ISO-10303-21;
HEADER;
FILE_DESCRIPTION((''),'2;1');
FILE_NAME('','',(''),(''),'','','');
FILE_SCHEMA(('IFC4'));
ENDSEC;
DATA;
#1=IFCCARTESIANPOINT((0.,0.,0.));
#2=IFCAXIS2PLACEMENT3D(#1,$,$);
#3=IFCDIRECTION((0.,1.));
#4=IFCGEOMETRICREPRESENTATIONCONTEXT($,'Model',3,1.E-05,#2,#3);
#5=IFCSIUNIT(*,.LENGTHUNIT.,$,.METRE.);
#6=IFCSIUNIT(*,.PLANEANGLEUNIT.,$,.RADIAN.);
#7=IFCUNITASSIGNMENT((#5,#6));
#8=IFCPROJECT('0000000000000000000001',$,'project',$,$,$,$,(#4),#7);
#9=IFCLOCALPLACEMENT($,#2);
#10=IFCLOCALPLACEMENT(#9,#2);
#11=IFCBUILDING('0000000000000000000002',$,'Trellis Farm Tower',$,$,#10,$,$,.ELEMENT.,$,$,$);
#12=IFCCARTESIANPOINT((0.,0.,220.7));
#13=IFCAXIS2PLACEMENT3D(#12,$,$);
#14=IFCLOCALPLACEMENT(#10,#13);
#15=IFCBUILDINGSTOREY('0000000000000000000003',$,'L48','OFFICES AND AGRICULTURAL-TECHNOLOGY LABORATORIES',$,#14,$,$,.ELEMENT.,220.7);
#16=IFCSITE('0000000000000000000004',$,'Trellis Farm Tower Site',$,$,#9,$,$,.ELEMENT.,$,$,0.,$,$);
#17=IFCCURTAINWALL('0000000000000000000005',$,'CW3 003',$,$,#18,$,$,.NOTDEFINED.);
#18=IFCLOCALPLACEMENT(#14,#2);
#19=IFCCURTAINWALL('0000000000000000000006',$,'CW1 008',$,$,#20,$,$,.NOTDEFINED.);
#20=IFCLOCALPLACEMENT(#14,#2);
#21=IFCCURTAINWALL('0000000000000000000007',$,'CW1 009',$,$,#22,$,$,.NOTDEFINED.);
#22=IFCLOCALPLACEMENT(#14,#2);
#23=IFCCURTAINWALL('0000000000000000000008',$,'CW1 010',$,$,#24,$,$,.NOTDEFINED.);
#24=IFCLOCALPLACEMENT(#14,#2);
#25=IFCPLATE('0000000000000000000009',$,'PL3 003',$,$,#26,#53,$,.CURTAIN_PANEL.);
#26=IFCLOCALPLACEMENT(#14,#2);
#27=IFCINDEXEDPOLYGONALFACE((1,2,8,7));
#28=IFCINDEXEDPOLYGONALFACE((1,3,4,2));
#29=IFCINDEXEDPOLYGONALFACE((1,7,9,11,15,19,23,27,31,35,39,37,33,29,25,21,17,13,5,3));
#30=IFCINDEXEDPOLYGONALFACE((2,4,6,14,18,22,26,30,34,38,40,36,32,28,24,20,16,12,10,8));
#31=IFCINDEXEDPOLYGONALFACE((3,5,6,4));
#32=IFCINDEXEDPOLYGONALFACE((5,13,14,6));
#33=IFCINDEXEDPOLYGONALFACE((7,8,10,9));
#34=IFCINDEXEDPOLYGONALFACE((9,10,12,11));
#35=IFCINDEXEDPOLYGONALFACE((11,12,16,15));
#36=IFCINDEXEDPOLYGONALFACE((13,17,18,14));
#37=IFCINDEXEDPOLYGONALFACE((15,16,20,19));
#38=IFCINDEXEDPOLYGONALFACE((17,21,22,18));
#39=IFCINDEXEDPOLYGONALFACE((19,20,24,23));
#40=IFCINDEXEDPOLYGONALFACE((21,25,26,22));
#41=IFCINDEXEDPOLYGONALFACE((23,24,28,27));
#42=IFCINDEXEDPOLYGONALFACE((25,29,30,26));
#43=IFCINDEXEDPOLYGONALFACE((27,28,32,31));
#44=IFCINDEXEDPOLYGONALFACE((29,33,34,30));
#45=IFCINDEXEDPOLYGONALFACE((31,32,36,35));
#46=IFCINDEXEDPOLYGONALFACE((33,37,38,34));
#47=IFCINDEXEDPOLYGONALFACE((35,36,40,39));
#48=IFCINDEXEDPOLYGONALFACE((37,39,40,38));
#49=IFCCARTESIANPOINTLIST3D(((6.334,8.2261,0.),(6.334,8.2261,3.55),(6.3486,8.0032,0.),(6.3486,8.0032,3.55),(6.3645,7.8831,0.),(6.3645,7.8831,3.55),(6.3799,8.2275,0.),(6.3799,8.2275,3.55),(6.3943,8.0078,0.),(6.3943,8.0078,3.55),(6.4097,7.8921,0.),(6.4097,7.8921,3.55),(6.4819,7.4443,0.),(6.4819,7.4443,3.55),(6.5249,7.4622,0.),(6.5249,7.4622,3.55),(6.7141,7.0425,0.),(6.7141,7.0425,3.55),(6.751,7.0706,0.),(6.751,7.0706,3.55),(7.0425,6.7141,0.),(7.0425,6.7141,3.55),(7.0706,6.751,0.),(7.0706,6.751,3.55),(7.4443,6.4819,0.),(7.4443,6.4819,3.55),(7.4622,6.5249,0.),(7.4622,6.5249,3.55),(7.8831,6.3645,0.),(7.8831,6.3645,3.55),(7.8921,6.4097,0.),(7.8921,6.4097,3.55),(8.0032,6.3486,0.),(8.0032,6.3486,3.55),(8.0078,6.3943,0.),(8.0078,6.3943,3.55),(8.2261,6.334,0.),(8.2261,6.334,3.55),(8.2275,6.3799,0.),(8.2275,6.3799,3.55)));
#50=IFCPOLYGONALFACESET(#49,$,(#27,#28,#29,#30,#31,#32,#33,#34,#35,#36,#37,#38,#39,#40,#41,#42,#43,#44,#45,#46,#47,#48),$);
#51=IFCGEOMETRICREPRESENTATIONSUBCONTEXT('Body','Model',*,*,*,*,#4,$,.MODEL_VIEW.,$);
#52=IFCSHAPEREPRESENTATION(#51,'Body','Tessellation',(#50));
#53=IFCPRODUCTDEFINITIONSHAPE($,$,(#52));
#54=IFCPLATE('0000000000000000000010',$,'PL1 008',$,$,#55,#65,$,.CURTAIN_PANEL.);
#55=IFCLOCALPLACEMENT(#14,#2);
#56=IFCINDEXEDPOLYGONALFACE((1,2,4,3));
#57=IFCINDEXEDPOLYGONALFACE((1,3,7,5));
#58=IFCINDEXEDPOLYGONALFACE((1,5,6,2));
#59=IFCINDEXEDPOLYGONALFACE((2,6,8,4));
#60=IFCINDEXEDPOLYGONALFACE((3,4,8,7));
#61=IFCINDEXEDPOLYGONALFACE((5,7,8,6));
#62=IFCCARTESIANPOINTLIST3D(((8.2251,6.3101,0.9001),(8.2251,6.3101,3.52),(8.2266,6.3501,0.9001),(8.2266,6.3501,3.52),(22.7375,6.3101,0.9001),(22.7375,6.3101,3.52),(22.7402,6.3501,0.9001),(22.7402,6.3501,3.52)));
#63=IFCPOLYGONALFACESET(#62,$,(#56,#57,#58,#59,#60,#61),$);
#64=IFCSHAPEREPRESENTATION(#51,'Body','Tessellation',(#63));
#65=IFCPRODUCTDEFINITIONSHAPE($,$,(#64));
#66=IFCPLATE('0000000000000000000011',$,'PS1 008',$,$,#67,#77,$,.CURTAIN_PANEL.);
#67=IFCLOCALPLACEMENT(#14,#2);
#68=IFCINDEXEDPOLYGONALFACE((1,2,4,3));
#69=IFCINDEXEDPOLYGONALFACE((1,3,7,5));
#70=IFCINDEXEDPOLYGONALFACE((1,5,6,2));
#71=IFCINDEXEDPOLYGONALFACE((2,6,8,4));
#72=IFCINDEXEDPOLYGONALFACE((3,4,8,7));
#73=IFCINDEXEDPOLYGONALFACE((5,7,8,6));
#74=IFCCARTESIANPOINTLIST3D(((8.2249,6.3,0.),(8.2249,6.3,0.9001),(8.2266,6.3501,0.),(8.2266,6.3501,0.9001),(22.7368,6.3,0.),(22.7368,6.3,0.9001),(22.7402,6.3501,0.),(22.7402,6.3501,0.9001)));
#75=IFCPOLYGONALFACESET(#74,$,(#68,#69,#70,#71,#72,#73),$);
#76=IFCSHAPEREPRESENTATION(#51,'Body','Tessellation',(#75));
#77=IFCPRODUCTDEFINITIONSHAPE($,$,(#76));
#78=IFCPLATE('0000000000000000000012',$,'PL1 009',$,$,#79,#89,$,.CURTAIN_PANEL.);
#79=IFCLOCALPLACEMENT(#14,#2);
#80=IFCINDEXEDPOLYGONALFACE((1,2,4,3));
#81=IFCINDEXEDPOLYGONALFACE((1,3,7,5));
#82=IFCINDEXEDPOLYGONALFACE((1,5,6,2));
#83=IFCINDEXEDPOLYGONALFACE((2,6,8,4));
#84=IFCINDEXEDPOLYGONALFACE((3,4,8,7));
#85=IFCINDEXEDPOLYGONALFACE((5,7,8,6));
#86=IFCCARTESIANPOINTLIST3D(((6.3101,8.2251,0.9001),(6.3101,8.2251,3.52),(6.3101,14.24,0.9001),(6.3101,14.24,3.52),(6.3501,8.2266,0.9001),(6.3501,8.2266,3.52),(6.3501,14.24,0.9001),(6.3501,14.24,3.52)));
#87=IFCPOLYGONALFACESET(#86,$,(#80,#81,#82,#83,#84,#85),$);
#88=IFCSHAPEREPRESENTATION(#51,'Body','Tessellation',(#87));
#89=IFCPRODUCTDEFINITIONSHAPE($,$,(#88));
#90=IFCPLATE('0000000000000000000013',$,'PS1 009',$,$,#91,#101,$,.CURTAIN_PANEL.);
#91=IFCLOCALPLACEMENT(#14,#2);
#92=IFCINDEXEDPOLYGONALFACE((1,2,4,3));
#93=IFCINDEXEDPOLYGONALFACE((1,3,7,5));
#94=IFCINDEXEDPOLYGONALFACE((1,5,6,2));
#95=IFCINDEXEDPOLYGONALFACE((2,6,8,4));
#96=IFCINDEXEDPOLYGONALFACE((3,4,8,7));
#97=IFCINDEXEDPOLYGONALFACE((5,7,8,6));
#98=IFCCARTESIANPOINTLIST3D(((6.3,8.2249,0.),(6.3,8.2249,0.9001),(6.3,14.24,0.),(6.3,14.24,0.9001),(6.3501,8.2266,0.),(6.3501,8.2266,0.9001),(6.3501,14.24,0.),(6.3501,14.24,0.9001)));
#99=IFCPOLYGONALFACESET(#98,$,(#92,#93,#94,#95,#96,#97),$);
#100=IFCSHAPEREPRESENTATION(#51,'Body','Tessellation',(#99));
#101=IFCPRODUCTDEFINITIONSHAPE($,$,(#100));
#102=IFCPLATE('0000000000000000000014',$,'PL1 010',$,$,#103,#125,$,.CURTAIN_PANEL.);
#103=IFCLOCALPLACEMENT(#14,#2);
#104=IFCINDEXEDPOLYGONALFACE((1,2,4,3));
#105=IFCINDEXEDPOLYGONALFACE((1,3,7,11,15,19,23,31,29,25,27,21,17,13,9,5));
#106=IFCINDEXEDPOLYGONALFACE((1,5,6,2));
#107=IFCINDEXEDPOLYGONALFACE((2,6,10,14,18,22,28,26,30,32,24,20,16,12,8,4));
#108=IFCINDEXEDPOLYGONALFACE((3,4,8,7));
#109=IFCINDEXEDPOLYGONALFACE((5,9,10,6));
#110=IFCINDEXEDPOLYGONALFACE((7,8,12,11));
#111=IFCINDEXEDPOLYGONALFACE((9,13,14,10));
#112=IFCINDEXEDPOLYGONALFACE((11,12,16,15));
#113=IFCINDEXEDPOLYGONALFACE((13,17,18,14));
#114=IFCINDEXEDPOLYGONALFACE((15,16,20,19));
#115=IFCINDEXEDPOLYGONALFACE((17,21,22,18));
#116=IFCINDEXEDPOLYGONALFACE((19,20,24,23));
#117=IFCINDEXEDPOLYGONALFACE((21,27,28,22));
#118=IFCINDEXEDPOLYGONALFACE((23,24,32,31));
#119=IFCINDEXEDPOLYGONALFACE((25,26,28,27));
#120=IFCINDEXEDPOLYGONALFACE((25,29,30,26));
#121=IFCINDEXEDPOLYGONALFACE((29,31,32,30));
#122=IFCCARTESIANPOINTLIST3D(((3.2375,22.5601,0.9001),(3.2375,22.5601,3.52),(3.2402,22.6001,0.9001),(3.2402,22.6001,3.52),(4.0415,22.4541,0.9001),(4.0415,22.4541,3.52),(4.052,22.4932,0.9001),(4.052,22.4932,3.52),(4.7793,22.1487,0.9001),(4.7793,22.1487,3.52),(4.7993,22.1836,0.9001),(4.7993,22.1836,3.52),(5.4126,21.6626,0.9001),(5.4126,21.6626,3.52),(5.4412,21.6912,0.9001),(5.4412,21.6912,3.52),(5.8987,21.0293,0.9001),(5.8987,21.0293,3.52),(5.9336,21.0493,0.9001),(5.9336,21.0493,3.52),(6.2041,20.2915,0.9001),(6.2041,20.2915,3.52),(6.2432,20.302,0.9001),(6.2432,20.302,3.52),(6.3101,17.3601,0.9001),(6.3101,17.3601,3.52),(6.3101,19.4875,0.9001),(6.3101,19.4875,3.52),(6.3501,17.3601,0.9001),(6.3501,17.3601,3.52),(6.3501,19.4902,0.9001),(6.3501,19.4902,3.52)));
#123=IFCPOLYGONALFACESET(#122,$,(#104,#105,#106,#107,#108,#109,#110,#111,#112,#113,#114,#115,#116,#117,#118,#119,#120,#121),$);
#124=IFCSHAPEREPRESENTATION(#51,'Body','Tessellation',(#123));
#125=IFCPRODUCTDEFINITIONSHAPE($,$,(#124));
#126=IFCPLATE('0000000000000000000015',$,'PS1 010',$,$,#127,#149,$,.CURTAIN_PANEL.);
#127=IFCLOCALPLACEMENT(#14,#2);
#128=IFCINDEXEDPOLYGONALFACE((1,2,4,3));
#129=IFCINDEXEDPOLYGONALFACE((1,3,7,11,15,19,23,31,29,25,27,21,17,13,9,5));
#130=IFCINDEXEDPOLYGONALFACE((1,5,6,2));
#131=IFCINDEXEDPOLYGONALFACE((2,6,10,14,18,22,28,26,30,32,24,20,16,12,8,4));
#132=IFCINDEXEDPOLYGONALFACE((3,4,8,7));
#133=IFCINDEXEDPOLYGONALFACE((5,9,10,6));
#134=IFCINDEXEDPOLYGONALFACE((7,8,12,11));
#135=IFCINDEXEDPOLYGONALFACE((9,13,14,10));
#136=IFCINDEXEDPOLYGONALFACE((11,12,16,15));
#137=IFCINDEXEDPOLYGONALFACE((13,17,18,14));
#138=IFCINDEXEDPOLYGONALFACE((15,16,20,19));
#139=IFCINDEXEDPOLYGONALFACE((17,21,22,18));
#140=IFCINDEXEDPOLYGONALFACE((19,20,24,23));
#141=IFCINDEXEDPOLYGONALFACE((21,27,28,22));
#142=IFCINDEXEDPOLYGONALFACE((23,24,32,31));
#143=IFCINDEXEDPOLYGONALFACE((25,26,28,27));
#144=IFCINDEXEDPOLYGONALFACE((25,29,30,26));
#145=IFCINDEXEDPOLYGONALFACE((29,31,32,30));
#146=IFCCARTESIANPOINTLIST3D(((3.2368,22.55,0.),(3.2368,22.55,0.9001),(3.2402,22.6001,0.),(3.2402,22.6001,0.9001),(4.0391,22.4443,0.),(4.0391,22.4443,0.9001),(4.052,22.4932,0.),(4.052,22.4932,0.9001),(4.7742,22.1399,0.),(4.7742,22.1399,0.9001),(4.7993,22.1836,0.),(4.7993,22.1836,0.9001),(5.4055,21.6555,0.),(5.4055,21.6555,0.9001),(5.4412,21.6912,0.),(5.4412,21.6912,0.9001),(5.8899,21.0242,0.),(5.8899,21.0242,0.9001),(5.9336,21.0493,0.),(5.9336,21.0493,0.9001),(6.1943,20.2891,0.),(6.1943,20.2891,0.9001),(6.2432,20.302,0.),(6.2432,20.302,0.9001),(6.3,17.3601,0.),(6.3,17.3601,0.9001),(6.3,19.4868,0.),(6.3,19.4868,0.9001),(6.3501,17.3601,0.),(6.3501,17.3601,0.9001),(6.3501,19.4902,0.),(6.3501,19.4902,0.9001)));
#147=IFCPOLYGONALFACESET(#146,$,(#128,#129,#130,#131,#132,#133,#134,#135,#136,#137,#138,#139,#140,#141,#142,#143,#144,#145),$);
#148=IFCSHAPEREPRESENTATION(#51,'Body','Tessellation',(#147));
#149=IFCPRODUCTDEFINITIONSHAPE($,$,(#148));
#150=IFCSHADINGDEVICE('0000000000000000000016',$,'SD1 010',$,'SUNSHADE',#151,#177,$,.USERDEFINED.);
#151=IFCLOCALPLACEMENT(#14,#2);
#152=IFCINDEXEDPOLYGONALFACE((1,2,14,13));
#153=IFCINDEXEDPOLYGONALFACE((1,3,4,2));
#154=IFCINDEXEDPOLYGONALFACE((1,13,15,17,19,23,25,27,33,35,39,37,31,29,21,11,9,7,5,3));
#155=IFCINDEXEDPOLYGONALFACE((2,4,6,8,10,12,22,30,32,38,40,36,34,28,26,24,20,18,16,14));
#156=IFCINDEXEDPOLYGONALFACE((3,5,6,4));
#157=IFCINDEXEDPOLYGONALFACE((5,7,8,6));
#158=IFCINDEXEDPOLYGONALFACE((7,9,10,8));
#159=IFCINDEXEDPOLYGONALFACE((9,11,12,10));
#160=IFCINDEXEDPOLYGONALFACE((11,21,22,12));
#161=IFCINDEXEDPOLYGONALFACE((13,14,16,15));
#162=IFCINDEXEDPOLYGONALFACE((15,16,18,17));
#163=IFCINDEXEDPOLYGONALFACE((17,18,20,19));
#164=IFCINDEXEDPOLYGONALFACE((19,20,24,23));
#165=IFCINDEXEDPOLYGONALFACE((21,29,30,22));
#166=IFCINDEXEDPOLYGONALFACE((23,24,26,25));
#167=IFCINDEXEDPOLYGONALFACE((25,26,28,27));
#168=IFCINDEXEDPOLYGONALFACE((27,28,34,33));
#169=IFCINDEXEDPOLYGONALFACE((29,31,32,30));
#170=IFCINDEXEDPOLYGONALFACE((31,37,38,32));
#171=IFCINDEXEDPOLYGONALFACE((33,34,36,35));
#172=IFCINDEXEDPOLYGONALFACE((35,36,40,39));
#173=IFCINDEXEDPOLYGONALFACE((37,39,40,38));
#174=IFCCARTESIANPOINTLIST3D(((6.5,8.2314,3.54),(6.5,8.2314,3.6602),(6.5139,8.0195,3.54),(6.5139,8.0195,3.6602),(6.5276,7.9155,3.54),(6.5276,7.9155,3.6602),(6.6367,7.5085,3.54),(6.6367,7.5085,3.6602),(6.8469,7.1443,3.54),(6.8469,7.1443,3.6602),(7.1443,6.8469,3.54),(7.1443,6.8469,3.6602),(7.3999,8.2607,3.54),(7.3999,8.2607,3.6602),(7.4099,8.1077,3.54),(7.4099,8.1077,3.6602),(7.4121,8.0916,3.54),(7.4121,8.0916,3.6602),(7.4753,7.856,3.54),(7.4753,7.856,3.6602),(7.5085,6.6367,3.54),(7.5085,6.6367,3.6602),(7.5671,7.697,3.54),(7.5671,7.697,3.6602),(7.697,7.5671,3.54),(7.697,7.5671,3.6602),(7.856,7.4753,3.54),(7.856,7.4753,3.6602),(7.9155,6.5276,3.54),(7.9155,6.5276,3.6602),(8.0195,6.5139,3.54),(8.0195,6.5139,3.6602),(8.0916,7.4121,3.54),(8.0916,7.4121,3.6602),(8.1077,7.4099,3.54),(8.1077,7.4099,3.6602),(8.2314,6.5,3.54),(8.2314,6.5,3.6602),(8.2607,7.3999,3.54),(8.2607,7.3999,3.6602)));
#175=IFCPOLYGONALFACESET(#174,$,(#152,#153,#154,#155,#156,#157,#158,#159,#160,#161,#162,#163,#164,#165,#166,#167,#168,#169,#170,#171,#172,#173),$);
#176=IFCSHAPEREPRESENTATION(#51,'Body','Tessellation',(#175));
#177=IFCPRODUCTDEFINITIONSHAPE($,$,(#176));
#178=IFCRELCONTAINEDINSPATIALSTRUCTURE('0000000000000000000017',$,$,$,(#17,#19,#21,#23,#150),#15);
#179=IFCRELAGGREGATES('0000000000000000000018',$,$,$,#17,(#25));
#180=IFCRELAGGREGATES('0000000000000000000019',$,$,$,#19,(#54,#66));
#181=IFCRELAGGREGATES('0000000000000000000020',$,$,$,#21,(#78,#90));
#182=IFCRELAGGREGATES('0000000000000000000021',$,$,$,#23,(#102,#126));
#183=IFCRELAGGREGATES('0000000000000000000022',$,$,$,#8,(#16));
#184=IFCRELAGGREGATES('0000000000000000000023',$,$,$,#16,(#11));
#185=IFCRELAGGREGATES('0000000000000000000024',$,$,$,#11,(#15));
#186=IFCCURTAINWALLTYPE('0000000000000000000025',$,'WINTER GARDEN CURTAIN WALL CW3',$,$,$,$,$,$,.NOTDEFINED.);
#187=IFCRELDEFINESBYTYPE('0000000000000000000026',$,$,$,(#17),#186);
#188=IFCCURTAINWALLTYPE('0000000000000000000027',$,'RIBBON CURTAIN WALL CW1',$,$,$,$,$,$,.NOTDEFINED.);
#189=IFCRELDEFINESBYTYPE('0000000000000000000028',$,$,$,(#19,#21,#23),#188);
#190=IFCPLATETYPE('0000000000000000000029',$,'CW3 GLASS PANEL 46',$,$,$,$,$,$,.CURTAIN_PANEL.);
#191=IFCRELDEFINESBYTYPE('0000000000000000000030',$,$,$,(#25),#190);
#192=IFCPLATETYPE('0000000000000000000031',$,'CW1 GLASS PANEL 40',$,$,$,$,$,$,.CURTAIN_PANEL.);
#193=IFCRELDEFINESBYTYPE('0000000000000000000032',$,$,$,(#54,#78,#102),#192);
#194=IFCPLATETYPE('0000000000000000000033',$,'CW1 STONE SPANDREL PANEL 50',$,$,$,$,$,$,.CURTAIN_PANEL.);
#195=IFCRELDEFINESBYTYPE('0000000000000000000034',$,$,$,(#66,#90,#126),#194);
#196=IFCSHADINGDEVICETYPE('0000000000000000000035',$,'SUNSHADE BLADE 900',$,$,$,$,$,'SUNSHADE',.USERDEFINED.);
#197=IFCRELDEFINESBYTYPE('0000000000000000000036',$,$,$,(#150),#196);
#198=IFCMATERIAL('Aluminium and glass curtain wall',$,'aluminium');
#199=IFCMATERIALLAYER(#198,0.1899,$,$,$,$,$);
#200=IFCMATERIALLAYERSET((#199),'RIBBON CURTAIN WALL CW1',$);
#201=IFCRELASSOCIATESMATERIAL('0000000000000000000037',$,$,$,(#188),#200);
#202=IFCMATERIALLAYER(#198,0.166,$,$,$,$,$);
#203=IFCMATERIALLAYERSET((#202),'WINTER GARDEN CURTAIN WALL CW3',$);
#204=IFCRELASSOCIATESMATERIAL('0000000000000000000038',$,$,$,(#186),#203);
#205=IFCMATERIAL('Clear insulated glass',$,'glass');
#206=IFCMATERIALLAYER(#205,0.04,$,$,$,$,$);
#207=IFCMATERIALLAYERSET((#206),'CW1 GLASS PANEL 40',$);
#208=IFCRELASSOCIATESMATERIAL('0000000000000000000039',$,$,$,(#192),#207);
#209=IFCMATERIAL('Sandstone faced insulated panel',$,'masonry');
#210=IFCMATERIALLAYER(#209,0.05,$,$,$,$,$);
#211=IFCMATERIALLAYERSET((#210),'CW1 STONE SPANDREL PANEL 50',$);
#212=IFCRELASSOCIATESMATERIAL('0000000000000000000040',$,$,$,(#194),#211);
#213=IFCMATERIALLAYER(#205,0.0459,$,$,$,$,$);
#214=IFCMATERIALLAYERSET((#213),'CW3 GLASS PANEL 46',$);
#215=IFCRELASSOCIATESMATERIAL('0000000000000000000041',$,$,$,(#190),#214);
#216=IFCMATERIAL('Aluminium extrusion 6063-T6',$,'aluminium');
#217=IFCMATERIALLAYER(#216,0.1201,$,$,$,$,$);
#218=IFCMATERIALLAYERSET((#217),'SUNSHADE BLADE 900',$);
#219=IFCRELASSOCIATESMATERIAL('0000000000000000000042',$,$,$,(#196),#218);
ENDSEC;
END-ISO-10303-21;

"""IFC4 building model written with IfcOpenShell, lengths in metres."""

from ifc_helpers import new_model, si_unit, direction, frame, origin, place, context, subcontext, project, spatial, polyline, outline, extrude, source, transform, mapped, material, layer, layer_set, type_object, element, aggregate, save


model = new_model("IFC4")

# Units and contexts
model_context = context("Model", 3, precision=1e-05, world=origin(), true_north=direction((0.0, 1.0)))
body_context = subcontext(model_context, "Body", "Model", "MODEL_VIEW")
ifc_project = project(units=[si_unit("LENGTHUNIT", "METRE"), si_unit("PLANEANGLEUNIT", "RADIAN")], contexts=[model_context])

# Site, building, storey
site_placement = place(None, origin())
site = spatial("IfcSite", under=ifc_project, at=site_placement, Name="Trellis Farm Tower Site", CompositionType="ELEMENT", RefElevation=0.0)
building_placement = place(site_placement, origin())
building = spatial("IfcBuilding", under=site, at=building_placement, Name="Trellis Farm Tower", CompositionType="ELEMENT")
storey_placement = place(building_placement, frame((0.0, 0.0, 220.7)))
storey = spatial("IfcBuildingStorey", under=building, at=storey_placement, Name="L48", Description="OFFICES AND AGRICULTURAL-TECHNOLOGY LABORATORIES", CompositionType="ELEMENT", Elevation=220.7)

# Curtain walls
ifc_material_1 = material(Name="Aluminium and glass curtain wall", Category="aluminium")
ifc_layer_1 = layer(ifc_material_1, 0.1899)
ifc_layer_set_1 = layer_set([ifc_layer_1], Name="RIBBON CURTAIN WALL CW1")
curtain_wall_type_1 = type_object("IfcCurtainWallType", Name="RIBBON CURTAIN WALL CW1", PredefinedType="NOTDEFINED", material=ifc_layer_set_1)
placement_1 = place(storey_placement, origin())
ifc_material_2 = material(Name="Aluminium extrusion 6063-T6", Category="aluminium")
ifc_layer_2 = layer(ifc_material_1, 0.166)
ifc_layer_set_2 = layer_set([ifc_layer_2], Name="WINTER GARDEN CURTAIN WALL CW3")
curtain_wall_type_2 = type_object("IfcCurtainWallType", Name="WINTER GARDEN CURTAIN WALL CW3", PredefinedType="NOTDEFINED", material=ifc_layer_set_2)
curtain_wall_1 = element("IfcCurtainWall", 1, at=placement_1, inside=storey, type_object=curtain_wall_type_2, Name="CW3 003", PredefinedType="NOTDEFINED")
curtain_wall_2 = element("IfcCurtainWall", 2, at=placement_1, inside=storey, type_object=curtain_wall_type_1, Name="CW1 008", PredefinedType="NOTDEFINED")
curtain_wall_3 = element("IfcCurtainWall", 3, at=placement_1, inside=storey, type_object=curtain_wall_type_1, Name="CW1 009", PredefinedType="NOTDEFINED")
curtain_wall_4 = element("IfcCurtainWall", 4, at=placement_1, inside=storey, type_object=curtain_wall_type_1, Name="CW1 010", PredefinedType="NOTDEFINED")

# Plates
ifc_material_3 = material(Name="Clear insulated glass", Category="glass")
ifc_layer_3 = layer(ifc_material_3, 0.04)
ifc_layer_set_3 = layer_set([ifc_layer_3], Name="CW1 GLASS PANEL 40")
plate_type_1 = type_object("IfcPlateType", Name="CW1 GLASS PANEL 40", PredefinedType="CURTAIN_PANEL", material=ifc_layer_set_3)
placement_2 = place(storey_placement, frame((0.0, 0.0, 0.9001)))
ifc_material_4 = material(Name="Sandstone faced insulated panel", Category="masonry")
ifc_layer_4 = layer(ifc_material_4, 0.05)
ifc_layer_set_4 = layer_set([ifc_layer_4], Name="CW1 STONE SPANDREL PANEL 50")
plate_type_2 = type_object("IfcPlateType", Name="CW1 STONE SPANDREL PANEL 50", PredefinedType="CURTAIN_PANEL", material=ifc_layer_set_4)
ifc_layer_5 = layer(ifc_material_3, 0.0459)
ifc_layer_set_5 = layer_set([ifc_layer_5], Name="CW3 GLASS PANEL 46")
plate_type_3 = type_object("IfcPlateType", Name="CW3 GLASS PANEL 46", PredefinedType="CURTAIN_PANEL", material=ifc_layer_set_5)
shared_shape_1 = source(origin(), body_context, "Body", "SweptSolid", [
    extrude(outline(polyline([(8.2275, 6.3799), (8.0078, 6.3943), (7.8921, 6.4097), (7.4622, 6.5249), (7.0706, 6.751), (6.751, 7.0706), (6.5249, 7.4622), (6.4097, 7.8921), (6.3943, 8.0078), (6.3799, 8.2275), (6.334, 8.2261), (6.3486, 8.0032), (6.3645, 7.8831), (6.4819, 7.4443), (6.7141, 7.0425), (7.0425, 6.7141), (7.4443, 6.4819), (7.8831, 6.3645), (8.0032, 6.3486), (8.2261, 6.334), (8.2275, 6.3799)])), origin(), (0.0, 0.0, 1.0), 3.55),
])
plate_1 = element("IfcPlate", 5, at=placement_1, type_object=plate_type_3, Name="PL3 003", PredefinedType="CURTAIN_PANEL", context=body_context, shape_type="MappedRepresentation", body=[
    mapped(shared_shape_1, transform((0.0, 0.0, 0.0))),
])
aggregate(curtain_wall_1, [plate_1])
shared_shape_2 = source(origin(), body_context, "Body", "SweptSolid", [
    extrude(outline(polyline([(22.7402, 6.3501), (8.2266, 6.3501), (8.2251, 6.3101), (22.7375, 6.3101), (22.7402, 6.3501)])), origin(), (0.0, 0.0, 1.0), 2.6199),
])
plate_2 = element("IfcPlate", 6, at=placement_2, type_object=plate_type_1, Name="PL1 008", PredefinedType="CURTAIN_PANEL", context=body_context, shape_type="MappedRepresentation", body=[
    mapped(shared_shape_2, transform((0.0, 0.0, 0.0))),
])
shared_shape_3 = source(origin(), body_context, "Body", "SweptSolid", [
    extrude(outline(polyline([(22.7402, 6.3501), (8.2266, 6.3501), (8.2249, 6.3), (22.7368, 6.3), (22.7402, 6.3501)])), origin(), (0.0, 0.0, 1.0), 0.9001),
])
plate_3 = element("IfcPlate", 7, at=placement_1, type_object=plate_type_2, Name="PS1 008", PredefinedType="CURTAIN_PANEL", context=body_context, shape_type="MappedRepresentation", body=[
    mapped(shared_shape_3, transform((0.0, 0.0, 0.0))),
])
aggregate(curtain_wall_2, [plate_2, plate_3])
shared_shape_4 = source(origin(), body_context, "Body", "SweptSolid", [
    extrude(outline(polyline([(6.3501, 8.2266), (6.3501, 14.24), (6.3101, 14.24), (6.3101, 8.2251), (6.3501, 8.2266)])), origin(), (0.0, 0.0, 1.0), 2.6199),
])
plate_4 = element("IfcPlate", 8, at=placement_2, type_object=plate_type_1, Name="PL1 009", PredefinedType="CURTAIN_PANEL", context=body_context, shape_type="MappedRepresentation", body=[
    mapped(shared_shape_4, transform((0.0, 0.0, 0.0))),
])
shared_shape_5 = source(origin(), body_context, "Body", "SweptSolid", [
    extrude(outline(polyline([(6.3501, 8.2266), (6.3501, 14.24), (6.3, 14.24), (6.3, 8.2249), (6.3501, 8.2266)])), origin(), (0.0, 0.0, 1.0), 0.9001),
])
plate_5 = element("IfcPlate", 9, at=placement_1, type_object=plate_type_2, Name="PS1 009", PredefinedType="CURTAIN_PANEL", context=body_context, shape_type="MappedRepresentation", body=[
    mapped(shared_shape_5, transform((0.0, 0.0, 0.0))),
])
aggregate(curtain_wall_3, [plate_4, plate_5])
shared_shape_6 = source(origin(), body_context, "Body", "SweptSolid", [
    extrude(outline(polyline([(6.3501, 17.3601), (6.3501, 19.4902), (6.2432, 20.302), (5.9336, 21.0493), (5.4412, 21.6912), (4.7993, 22.1836), (4.052, 22.4932), (3.2402, 22.6001), (3.2375, 22.5601), (4.0415, 22.4541), (4.7793, 22.1487), (5.4126, 21.6626), (5.8987, 21.0293), (6.2041, 20.2915), (6.3101, 19.4875), (6.3101, 17.3601), (6.3501, 17.3601)])), origin(), (0.0, 0.0, 1.0), 2.6199),
])
plate_6 = element("IfcPlate", 10, at=placement_2, type_object=plate_type_1, Name="PL1 010", PredefinedType="CURTAIN_PANEL", context=body_context, shape_type="MappedRepresentation", body=[
    mapped(shared_shape_6, transform((0.0, 0.0, 0.0))),
])
shared_shape_7 = source(origin(), body_context, "Body", "SweptSolid", [
    extrude(outline(polyline([(6.3501, 17.3601), (6.3501, 19.4902), (6.2432, 20.302), (5.9336, 21.0493), (5.4412, 21.6912), (4.7993, 22.1836), (4.052, 22.4932), (3.2402, 22.6001), (3.2368, 22.55), (4.0391, 22.4443), (4.7742, 22.1399), (5.4055, 21.6555), (5.8899, 21.0242), (6.1943, 20.2891), (6.3, 19.4868), (6.3, 17.3601), (6.3501, 17.3601)])), origin(), (0.0, 0.0, 1.0), 0.9001),
])
plate_7 = element("IfcPlate", 11, at=placement_1, type_object=plate_type_2, Name="PS1 010", PredefinedType="CURTAIN_PANEL", context=body_context, shape_type="MappedRepresentation", body=[
    mapped(shared_shape_7, transform((0.0, 0.0, 0.0))),
])
aggregate(curtain_wall_4, [plate_6, plate_7])

# Shading device
ifc_layer_6 = layer(ifc_material_2, 0.1201)
ifc_layer_set_6 = layer_set([ifc_layer_6], Name="SUNSHADE BLADE 900")
shading_device_type_1 = type_object("IfcShadingDeviceType", Name="SUNSHADE BLADE 900", ElementType="SUNSHADE", PredefinedType="USERDEFINED", material=ifc_layer_set_6)
shared_shape_8 = source(origin(), body_context, "Body", "SweptSolid", [
    extrude(outline(polyline([(8.2607, 7.3999), (8.1077, 7.4099), (8.0916, 7.4121), (7.856, 7.4753), (7.697, 7.5671), (7.5671, 7.697), (7.4753, 7.856), (7.4121, 8.0916), (7.4099, 8.1077), (7.3999, 8.2607), (6.5, 8.2314), (6.5139, 8.0195), (6.5276, 7.9155), (6.6367, 7.5085), (6.8469, 7.1443), (7.1443, 6.8469), (7.5085, 6.6367), (7.9155, 6.5276), (8.0195, 6.5139), (8.2314, 6.5), (8.2607, 7.3999)])), origin(), (0.0, 0.0, 1.0), 0.1201),
])
placement_3 = place(storey_placement, frame((0.0, 0.0, 3.54)))
element("IfcShadingDevice", 12, at=placement_3, inside=storey, type_object=shading_device_type_1, Name="SD1 010", ObjectType="SUNSHADE", PredefinedType="USERDEFINED", context=body_context, shape_type="MappedRepresentation", body=[
    mapped(shared_shape_8, transform((0.0, 0.0, 0.0))),
])

save(model, "model.ifc")
